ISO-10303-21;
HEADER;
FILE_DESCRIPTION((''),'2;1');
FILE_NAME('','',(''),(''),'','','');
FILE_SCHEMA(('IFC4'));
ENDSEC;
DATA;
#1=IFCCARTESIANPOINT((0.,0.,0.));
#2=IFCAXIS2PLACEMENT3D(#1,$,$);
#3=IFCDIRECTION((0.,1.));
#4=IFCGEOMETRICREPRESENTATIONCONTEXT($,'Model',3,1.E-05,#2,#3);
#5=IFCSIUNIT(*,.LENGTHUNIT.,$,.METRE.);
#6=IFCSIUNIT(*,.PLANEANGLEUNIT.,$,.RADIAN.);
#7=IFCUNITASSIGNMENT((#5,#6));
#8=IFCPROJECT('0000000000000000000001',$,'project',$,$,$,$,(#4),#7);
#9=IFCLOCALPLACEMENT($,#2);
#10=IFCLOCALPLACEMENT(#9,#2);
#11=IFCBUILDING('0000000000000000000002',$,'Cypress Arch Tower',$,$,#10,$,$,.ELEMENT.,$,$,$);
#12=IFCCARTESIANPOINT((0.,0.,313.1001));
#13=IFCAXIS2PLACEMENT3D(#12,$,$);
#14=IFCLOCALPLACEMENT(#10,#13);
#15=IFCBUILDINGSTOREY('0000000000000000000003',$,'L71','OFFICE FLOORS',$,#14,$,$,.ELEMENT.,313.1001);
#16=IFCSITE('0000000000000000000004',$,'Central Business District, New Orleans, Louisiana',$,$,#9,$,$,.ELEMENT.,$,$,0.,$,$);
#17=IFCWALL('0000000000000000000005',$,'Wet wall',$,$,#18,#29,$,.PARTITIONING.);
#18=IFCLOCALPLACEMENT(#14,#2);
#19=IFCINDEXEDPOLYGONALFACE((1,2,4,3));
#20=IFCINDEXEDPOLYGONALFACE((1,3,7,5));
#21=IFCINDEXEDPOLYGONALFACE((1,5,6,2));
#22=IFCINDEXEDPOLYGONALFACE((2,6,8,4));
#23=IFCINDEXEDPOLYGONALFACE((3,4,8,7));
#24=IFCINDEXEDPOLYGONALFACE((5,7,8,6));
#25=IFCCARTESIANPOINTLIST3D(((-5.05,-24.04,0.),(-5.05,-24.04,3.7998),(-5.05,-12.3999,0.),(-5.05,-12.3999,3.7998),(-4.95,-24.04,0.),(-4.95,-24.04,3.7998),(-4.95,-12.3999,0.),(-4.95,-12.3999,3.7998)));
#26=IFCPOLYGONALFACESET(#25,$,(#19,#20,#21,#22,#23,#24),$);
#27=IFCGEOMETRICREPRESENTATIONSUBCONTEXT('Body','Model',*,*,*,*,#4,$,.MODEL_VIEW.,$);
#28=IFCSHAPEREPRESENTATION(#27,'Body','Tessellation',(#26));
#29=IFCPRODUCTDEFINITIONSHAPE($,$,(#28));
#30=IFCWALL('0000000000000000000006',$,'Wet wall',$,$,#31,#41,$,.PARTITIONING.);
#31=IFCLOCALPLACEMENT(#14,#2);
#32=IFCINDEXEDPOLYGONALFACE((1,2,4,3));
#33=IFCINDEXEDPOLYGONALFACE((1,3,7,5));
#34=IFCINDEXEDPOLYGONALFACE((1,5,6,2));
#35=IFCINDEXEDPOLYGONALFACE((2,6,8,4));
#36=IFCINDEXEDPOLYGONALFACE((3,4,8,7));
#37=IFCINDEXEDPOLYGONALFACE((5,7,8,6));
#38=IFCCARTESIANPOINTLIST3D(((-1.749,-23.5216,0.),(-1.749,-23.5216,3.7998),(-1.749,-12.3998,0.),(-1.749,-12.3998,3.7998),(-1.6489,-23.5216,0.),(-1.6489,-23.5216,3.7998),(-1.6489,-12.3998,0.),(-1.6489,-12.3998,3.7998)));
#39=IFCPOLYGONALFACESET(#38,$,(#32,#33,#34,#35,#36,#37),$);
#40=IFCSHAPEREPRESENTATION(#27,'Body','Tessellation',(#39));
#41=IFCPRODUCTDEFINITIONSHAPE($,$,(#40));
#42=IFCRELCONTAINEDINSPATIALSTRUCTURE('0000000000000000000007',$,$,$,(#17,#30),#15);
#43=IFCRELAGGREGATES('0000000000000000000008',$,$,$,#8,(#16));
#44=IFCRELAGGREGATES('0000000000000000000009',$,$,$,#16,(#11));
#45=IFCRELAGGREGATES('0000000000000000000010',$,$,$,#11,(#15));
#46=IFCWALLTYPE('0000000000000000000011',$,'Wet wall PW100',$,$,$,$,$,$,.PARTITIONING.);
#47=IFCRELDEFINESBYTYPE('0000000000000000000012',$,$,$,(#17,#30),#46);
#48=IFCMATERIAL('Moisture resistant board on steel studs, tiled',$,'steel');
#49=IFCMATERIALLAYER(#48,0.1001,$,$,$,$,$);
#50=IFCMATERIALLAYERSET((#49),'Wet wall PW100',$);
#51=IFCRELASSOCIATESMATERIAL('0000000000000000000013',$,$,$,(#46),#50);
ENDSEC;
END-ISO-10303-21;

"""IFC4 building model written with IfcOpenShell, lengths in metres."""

from ifc_helpers import new_model, si_unit, direction, frame, frame_2d, origin, place, context, subcontext, project, spatial, rectangle, extrude, material, layer, layer_set, type_object, element, save


model = new_model("IFC4")

# Units and contexts
model_context = context("Model", 3, precision=1e-05, world=origin(), true_north=direction((0.0, 1.0)))
body_context = subcontext(model_context, "Body", "Model", "MODEL_VIEW")
ifc_project = project(units=[si_unit("LENGTHUNIT", "METRE"), si_unit("PLANEANGLEUNIT", "RADIAN")], contexts=[model_context])

# Site, building, storey
site_placement = place(None, origin())
site = spatial("IfcSite", under=ifc_project, at=site_placement, Name="Central Business District, New Orleans, Louisiana", CompositionType="ELEMENT", RefElevation=0.0)
building_placement = place(site_placement, origin())
building = spatial("IfcBuilding", under=site, at=building_placement, Name="Cypress Arch Tower", CompositionType="ELEMENT")
storey_placement = place(building_placement, frame((0.0, 0.0, 313.1001)))
storey = spatial("IfcBuildingStorey", under=building, at=storey_placement, Name="L71", Description="OFFICE FLOORS", CompositionType="ELEMENT", Elevation=313.1001)

# Walls
ifc_material_1 = material(Name="Moisture resistant board on steel studs, tiled", Category="steel")
ifc_layer_1 = layer(ifc_material_1, 0.1001)
ifc_layer_set_1 = layer_set([ifc_layer_1], Name="Wet wall PW100")
wall_type_1 = type_object("IfcWallType", Name="Wet wall PW100", PredefinedType="PARTITIONING", material=ifc_layer_set_1)
wall_1_placement = place(storey_placement, frame((-5.0, -24.04, 0.0), z_axis=(0.0, 0.0, 1.0), x_axis=(0.0, 1.0, 0.0)))
element("IfcWall", 1, at=wall_1_placement, inside=storey, type_object=wall_type_1, Name="Wet wall", PredefinedType="PARTITIONING", context=body_context, shape_type="SweptSolid", body=[
    extrude(rectangle(XDim=11.6401, YDim=0.1001, at=frame_2d((5.8201, 0.0))), origin(), (0.0, 0.0, 1.0), 3.7998),
])
wall_2_placement = place(storey_placement, frame((-1.699, -23.5217, 0.0), z_axis=(0.0, 0.0, 1.0), x_axis=(0.0, 1.0, 0.0)))
element("IfcWall", 2, at=wall_2_placement, inside=storey, type_object=wall_type_1, Name="Wet wall", PredefinedType="PARTITIONING", context=body_context, shape_type="SweptSolid", body=[
    extrude(rectangle(XDim=11.1218, YDim=0.1001, at=frame_2d((5.561, 0.0))), origin(), (0.0, 0.0, 1.0), 3.7998),
])

save(model, "model.ifc")
